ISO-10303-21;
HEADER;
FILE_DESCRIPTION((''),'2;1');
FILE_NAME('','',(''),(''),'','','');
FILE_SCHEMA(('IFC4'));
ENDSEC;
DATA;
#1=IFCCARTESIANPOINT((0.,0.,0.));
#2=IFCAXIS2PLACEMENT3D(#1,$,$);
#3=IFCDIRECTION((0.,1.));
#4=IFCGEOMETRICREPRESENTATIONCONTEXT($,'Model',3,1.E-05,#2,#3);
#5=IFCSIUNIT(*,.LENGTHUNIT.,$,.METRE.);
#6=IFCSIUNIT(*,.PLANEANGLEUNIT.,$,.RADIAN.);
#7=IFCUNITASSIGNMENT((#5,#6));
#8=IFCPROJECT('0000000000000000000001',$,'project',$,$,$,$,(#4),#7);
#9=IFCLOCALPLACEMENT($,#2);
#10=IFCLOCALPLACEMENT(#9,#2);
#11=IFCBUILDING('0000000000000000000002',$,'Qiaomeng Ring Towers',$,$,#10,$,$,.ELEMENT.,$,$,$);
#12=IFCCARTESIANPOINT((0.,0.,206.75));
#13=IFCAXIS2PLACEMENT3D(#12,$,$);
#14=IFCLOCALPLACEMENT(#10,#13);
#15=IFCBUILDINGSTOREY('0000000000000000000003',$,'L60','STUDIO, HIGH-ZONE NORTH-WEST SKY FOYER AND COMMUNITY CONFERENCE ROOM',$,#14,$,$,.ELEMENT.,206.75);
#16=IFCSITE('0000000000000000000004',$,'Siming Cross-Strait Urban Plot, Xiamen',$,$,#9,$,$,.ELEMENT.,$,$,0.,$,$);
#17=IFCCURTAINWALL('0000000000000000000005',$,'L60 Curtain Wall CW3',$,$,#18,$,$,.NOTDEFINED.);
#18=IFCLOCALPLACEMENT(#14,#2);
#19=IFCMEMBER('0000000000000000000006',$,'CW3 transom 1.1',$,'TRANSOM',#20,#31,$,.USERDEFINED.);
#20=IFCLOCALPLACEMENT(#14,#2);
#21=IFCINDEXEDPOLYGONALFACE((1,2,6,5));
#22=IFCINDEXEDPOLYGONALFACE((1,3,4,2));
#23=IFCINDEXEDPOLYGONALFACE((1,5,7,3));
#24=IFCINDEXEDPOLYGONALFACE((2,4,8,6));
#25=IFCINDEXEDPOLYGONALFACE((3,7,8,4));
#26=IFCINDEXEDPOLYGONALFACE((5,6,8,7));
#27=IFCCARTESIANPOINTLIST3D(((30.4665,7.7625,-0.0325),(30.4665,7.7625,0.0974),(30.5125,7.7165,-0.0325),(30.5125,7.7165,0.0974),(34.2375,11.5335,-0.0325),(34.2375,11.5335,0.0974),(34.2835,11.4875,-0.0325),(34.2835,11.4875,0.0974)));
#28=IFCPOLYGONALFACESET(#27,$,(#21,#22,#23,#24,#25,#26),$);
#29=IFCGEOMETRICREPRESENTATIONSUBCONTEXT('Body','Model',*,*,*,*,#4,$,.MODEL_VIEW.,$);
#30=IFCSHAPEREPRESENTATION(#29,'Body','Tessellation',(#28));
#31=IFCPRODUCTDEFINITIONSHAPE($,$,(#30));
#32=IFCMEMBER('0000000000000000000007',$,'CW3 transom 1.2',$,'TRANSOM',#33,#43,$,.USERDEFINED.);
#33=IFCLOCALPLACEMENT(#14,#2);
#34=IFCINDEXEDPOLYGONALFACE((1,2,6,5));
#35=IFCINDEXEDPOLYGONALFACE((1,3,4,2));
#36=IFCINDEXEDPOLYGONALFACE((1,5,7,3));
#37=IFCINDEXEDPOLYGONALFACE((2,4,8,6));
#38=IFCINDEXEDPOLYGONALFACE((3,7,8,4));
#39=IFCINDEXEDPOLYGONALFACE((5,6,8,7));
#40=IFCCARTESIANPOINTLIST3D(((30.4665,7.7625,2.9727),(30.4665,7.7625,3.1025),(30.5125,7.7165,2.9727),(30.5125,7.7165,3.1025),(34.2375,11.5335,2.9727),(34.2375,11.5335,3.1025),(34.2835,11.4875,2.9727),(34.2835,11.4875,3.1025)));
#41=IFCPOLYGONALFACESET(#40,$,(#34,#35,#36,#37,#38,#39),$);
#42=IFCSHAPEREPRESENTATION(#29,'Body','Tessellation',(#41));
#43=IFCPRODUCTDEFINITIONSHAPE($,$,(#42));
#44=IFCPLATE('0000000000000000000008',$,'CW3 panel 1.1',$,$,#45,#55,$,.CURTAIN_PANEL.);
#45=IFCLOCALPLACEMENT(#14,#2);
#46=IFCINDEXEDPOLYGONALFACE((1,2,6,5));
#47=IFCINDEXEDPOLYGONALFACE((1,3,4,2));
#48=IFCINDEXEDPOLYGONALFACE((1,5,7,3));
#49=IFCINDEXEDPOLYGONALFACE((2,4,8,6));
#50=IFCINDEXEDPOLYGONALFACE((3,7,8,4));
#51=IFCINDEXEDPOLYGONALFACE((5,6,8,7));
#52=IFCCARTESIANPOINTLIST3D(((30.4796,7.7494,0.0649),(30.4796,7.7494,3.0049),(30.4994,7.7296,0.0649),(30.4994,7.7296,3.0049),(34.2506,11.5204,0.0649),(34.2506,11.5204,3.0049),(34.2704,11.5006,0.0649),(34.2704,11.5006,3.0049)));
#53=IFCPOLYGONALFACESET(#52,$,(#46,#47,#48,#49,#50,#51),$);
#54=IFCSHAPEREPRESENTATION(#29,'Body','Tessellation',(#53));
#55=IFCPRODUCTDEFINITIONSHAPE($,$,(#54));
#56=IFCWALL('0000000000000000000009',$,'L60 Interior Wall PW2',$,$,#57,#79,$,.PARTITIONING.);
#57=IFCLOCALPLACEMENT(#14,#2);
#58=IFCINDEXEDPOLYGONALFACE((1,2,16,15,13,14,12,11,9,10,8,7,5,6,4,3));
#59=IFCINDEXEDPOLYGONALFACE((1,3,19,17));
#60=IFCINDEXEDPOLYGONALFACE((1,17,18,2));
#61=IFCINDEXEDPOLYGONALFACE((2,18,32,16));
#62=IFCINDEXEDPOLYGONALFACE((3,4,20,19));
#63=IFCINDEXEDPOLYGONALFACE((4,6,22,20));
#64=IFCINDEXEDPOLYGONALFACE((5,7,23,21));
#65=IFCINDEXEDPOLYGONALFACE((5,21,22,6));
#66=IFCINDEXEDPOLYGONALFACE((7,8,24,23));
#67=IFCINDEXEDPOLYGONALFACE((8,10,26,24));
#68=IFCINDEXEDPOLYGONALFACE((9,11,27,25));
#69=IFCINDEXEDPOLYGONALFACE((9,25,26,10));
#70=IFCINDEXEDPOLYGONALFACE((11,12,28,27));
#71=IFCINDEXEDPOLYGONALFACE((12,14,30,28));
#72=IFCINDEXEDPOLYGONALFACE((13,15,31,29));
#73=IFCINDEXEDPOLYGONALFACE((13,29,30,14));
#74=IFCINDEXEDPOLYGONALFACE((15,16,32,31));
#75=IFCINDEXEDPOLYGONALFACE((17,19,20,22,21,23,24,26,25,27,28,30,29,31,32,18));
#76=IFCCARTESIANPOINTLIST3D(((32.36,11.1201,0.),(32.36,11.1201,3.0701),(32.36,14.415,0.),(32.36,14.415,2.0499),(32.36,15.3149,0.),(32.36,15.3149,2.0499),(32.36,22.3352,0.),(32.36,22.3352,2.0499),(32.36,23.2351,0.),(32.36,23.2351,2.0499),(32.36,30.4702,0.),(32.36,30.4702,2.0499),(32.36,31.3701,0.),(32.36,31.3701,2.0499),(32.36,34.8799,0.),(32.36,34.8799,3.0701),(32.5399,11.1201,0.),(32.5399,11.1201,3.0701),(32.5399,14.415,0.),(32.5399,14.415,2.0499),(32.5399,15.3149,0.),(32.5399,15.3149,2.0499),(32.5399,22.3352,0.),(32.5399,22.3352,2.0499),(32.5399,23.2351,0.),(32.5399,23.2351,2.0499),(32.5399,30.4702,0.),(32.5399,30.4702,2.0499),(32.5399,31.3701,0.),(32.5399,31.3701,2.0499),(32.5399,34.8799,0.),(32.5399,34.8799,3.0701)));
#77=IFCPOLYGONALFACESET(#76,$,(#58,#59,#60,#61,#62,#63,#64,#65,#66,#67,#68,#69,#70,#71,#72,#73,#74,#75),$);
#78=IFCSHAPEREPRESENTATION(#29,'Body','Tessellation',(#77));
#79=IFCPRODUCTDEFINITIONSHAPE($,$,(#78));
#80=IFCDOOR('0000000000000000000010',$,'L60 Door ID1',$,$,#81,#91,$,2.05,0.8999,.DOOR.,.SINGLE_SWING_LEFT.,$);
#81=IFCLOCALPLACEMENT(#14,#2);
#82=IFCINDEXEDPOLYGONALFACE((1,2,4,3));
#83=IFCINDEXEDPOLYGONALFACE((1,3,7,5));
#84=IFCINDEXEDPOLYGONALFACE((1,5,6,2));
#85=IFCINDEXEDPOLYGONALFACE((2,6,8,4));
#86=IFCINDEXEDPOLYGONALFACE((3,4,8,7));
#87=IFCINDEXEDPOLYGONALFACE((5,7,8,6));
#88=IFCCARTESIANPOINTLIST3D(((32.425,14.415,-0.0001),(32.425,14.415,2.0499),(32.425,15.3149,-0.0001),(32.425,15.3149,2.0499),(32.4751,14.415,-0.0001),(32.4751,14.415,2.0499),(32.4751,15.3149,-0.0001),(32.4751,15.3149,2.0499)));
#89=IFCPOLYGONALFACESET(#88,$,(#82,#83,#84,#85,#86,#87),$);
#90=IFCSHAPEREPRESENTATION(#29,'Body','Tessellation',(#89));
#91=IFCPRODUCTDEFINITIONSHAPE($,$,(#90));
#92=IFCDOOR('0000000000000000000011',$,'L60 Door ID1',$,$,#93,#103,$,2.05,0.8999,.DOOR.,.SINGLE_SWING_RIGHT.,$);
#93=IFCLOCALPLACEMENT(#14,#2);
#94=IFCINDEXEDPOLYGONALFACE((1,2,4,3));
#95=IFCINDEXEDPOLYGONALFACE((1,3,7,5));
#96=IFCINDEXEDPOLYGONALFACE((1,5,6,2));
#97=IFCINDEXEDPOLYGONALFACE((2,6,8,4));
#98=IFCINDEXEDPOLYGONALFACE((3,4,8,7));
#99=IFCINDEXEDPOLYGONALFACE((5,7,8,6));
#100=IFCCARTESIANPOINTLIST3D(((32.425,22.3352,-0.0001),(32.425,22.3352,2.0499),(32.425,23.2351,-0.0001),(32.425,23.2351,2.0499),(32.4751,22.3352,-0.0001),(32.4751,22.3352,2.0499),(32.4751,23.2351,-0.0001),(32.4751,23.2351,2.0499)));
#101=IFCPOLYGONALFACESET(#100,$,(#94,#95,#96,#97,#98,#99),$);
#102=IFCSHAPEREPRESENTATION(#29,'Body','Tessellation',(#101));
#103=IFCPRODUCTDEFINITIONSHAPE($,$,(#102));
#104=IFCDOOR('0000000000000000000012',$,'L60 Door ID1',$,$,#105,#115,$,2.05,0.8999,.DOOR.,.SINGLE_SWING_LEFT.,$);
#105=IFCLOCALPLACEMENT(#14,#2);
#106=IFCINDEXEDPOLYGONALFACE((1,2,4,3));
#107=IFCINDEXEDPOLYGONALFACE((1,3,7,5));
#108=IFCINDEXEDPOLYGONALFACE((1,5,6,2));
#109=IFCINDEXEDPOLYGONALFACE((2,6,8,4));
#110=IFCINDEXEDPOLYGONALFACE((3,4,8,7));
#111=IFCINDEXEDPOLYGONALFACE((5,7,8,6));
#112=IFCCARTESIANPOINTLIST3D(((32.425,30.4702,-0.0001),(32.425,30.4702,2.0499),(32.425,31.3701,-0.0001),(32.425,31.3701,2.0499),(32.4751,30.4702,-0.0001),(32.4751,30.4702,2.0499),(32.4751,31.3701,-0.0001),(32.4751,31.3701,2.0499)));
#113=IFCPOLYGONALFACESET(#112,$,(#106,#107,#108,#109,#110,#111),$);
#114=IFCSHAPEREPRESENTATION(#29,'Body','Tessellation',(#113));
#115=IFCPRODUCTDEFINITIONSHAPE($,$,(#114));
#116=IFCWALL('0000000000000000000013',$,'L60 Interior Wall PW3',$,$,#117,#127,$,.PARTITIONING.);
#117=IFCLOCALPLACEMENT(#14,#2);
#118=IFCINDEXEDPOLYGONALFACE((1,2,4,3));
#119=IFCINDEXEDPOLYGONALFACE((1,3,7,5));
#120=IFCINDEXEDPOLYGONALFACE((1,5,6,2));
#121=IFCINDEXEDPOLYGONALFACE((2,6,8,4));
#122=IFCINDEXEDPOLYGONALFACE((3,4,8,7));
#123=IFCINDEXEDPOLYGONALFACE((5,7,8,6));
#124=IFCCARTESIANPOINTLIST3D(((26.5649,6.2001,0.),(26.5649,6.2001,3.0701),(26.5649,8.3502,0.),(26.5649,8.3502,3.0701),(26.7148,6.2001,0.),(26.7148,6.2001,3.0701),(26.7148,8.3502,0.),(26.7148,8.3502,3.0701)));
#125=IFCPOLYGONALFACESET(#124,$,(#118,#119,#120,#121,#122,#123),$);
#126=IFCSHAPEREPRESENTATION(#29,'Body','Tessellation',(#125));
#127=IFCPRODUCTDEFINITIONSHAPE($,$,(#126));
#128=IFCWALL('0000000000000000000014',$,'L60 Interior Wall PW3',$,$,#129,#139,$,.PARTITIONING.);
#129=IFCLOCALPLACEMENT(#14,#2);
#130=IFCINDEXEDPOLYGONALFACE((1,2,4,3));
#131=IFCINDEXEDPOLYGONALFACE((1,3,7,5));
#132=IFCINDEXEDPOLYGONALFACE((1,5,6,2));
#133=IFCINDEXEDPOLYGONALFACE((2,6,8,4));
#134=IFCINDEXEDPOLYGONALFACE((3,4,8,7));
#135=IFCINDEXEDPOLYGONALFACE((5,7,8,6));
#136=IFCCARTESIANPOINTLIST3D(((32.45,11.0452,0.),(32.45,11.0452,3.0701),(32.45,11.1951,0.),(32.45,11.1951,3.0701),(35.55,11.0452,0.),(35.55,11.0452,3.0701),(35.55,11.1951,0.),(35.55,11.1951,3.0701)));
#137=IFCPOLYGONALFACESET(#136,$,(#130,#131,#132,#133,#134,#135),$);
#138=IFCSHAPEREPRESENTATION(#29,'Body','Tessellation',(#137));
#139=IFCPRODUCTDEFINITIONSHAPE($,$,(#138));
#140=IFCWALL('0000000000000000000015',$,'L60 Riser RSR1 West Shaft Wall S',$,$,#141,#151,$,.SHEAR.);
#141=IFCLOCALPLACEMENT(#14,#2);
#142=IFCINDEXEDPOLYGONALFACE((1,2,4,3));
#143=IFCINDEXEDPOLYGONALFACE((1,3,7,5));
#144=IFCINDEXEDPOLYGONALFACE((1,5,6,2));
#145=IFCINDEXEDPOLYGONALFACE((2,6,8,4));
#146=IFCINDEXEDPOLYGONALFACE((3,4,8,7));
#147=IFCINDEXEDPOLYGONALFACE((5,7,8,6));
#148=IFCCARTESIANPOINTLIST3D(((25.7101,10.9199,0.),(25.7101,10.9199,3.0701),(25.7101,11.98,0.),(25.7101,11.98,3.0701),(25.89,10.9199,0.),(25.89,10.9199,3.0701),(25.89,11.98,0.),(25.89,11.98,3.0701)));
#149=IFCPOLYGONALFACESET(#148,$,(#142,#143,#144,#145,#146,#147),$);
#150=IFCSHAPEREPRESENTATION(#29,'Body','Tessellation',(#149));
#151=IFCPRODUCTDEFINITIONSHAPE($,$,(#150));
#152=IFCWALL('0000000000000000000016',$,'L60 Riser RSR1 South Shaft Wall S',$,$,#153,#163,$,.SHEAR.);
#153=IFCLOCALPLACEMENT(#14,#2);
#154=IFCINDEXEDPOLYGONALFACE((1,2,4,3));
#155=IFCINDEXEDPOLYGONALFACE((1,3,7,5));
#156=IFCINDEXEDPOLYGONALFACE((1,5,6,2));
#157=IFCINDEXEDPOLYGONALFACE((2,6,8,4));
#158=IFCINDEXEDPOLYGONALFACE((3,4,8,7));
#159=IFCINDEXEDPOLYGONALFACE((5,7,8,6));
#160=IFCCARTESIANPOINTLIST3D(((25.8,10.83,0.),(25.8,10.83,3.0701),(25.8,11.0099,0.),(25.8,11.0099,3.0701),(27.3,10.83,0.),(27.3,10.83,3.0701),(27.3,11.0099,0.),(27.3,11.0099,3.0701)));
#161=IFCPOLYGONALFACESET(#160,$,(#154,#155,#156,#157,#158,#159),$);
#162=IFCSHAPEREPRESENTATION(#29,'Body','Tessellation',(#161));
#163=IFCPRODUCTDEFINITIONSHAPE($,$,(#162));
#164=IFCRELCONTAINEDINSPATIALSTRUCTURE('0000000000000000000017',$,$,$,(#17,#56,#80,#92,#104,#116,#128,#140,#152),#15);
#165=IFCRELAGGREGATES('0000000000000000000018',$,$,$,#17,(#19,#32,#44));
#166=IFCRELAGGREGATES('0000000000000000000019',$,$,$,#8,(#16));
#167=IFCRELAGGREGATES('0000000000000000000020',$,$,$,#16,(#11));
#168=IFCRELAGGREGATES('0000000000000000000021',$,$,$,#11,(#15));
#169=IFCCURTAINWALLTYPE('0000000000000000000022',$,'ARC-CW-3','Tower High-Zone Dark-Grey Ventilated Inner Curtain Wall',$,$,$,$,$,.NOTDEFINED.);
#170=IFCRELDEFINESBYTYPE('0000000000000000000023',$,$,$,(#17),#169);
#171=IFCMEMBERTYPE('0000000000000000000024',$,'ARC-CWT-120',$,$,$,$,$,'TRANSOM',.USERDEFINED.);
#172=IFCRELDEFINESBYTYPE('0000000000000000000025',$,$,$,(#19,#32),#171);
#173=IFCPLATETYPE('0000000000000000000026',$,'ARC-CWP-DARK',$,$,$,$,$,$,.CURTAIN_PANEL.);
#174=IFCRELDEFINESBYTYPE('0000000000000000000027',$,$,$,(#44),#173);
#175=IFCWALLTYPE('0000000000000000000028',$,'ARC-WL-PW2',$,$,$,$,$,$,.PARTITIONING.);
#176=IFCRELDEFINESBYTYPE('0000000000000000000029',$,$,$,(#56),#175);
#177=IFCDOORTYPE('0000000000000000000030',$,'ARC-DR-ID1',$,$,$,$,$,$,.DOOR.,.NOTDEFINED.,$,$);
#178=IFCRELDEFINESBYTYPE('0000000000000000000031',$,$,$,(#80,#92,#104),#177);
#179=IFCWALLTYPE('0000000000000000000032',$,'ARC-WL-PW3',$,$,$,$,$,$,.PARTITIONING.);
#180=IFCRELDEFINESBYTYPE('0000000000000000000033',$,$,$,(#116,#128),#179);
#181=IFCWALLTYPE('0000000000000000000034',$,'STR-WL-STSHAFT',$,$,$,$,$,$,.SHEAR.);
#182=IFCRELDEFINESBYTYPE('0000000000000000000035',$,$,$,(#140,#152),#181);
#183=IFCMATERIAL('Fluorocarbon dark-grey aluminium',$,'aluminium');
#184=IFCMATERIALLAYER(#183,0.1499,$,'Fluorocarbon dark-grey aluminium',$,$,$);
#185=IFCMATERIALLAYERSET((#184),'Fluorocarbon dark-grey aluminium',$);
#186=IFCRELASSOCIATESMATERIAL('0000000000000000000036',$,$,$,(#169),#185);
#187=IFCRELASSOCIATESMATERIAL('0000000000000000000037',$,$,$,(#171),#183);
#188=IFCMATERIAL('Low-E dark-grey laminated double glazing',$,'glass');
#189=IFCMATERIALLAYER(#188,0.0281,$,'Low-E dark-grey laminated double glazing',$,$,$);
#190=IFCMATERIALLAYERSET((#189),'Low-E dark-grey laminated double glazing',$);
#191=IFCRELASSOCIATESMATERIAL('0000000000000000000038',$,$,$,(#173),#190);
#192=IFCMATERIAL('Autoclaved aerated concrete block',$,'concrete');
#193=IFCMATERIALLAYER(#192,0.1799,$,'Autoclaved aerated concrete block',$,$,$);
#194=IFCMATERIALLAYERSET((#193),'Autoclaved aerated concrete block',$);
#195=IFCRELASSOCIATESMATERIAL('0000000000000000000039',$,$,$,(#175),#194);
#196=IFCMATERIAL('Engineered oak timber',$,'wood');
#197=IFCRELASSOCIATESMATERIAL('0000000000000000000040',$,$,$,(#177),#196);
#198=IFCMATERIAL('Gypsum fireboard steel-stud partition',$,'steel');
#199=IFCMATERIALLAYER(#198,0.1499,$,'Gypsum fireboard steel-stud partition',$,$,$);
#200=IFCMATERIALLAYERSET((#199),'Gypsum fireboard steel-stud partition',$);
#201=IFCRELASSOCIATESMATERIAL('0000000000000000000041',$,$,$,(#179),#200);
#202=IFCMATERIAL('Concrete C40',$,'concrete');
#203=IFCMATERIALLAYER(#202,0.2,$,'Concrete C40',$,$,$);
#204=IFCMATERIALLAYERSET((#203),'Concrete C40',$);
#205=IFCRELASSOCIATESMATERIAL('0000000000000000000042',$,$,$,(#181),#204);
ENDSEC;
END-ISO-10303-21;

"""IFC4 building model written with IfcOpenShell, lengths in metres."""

from ifc_helpers import new_model, si_unit, direction, frame, frame_2d, origin, origin_2d, place, context, subcontext, project, spatial, rectangle, extrude, source, transform, mapped, material, layer, layer_set, material_profile, profile_set, type_object, element, fill, aggregate, save


model = new_model("IFC4")

# Units and contexts
model_context = context("Model", 3, precision=1e-05, world=origin(), true_north=direction((0.0, 1.0)))
body_context = subcontext(model_context, "Body", "Model", "MODEL_VIEW")
ifc_project = project(units=[si_unit("LENGTHUNIT", "METRE"), si_unit("PLANEANGLEUNIT", "RADIAN")], contexts=[model_context])

# Site, building, storey
site_placement = place(None, origin())
site = spatial("IfcSite", under=ifc_project, at=site_placement, Name="Siming Cross-Strait Urban Plot, Xiamen", CompositionType="ELEMENT", RefElevation=0.0)
building_placement = place(site_placement, origin())
building = spatial("IfcBuilding", under=site, at=building_placement, Name="Qiaomeng Ring Towers", CompositionType="ELEMENT")
storey_placement = place(building_placement, frame((0.0, 0.0, 206.75)))
storey = spatial("IfcBuildingStorey", under=building, at=storey_placement, Name="L60", Description="STUDIO, HIGH-ZONE NORTH-WEST SKY FOYER AND COMMUNITY CONFERENCE ROOM", CompositionType="ELEMENT", Elevation=206.75)

# Shared definitions
ifc_material_1 = material(Name="Concrete C40", Category="concrete")

# Curtain wall, members, plate
ifc_material_2 = material(Name="Fluorocarbon dark-grey aluminium", Category="aluminium")
ifc_layer_1 = layer(ifc_material_2, 0.1499, Name="Fluorocarbon dark-grey aluminium")
ifc_layer_set_1 = layer_set([ifc_layer_1], Name="Fluorocarbon dark-grey aluminium")
curtain_wall_type = type_object("IfcCurtainWallType", Name="ARC-CW-3", Description="Tower High-Zone Dark-Grey Ventilated Inner Curtain Wall", PredefinedType="NOTDEFINED", material=ifc_layer_set_1)
curtain_wall_placement = place(storey_placement, origin())
curtain_wall = element("IfcCurtainWall", 1, at=curtain_wall_placement, inside=storey, type_object=curtain_wall_type, Name="L60 Curtain Wall CW3", PredefinedType="NOTDEFINED")
ifc_material_profile_1 = material_profile(ifc_material_2, rectangle(XDim=0.0649, YDim=0.1299, at=origin_2d()), Name="ALU TRAN 65x130")
ifc_profile_set_1 = profile_set([ifc_material_profile_1], Name="Fluorocarbon dark-grey aluminium")
member_type_1 = type_object("IfcMemberType", Name="ARC-CWT-120", ElementType="TRANSOM", PredefinedType="USERDEFINED", material=ifc_profile_set_1)
shared_shape_1 = source(origin(), body_context, "Body", "SweptSolid", [
    extrude(rectangle(XDim=0.0649, YDim=0.1299, at=origin_2d()), origin(), (0.0, 0.0, 1.0), 5.333),
])
member_1_placement = place(storey_placement, frame((30.4895, 7.7395, 0.0325), z_axis=(0.707107, 0.707107, 0.0), x_axis=(-0.707107, 0.707107, 0.0)))
member_1 = element("IfcMember", 2, at=member_1_placement, type_object=member_type_1, Name="CW3 transom 1.1", ObjectType="TRANSOM", PredefinedType="USERDEFINED", context=body_context, shape_type="MappedRepresentation", body=[
    mapped(shared_shape_1, transform((0.0, 0.0, 0.0), x_axis=(1.0, 0.0, 0.0), y_axis=(0.0, 1.0, 0.0), z_axis=(0.0, 0.0, 1.0), scale=1.0)),
])
member_2_placement = place(storey_placement, frame((30.4895, 7.7395, 3.0376), z_axis=(0.707107, 0.707107, 0.0), x_axis=(-0.707107, 0.707107, 0.0)))
member_2 = element("IfcMember", 3, at=member_2_placement, type_object=member_type_1, Name="CW3 transom 1.2", ObjectType="TRANSOM", PredefinedType="USERDEFINED", context=body_context, shape_type="MappedRepresentation", body=[
    mapped(shared_shape_1, transform((0.0, 0.0, 0.0), x_axis=(1.0, 0.0, 0.0), y_axis=(0.0, 1.0, 0.0), z_axis=(0.0, 0.0, 1.0), scale=1.0)),
])
ifc_material_3 = material(Name="Low-E dark-grey laminated double glazing", Category="glass")
ifc_layer_2 = layer(ifc_material_3, 0.0281, Name="Low-E dark-grey laminated double glazing")
ifc_layer_set_2 = layer_set([ifc_layer_2], Name="Low-E dark-grey laminated double glazing")
plate_type = type_object("IfcPlateType", Name="ARC-CWP-DARK", PredefinedType="CURTAIN_PANEL", material=ifc_layer_set_2)
shared_shape_2 = source(origin(), body_context, "Body", "SweptSolid", [
    extrude(rectangle(XDim=5.333, YDim=0.0281, at=origin_2d()), origin(), (0.0, 0.0, 1.0), 2.9399),
])
plate_placement = place(storey_placement, frame((32.375, 9.625, 0.0649), z_axis=(0.0, 0.0, 1.0), x_axis=(0.707107, 0.707107, 0.0)))
plate = element("IfcPlate", 4, at=plate_placement, type_object=plate_type, Name="CW3 panel 1.1", PredefinedType="CURTAIN_PANEL", context=body_context, shape_type="MappedRepresentation", body=[
    mapped(shared_shape_2, transform((0.0, 0.0, 0.0), x_axis=(1.0, 0.0, 0.0), y_axis=(0.0, 1.0, 0.0), z_axis=(0.0, 0.0, 1.0), scale=1.0)),
])
aggregate(curtain_wall, [member_1, member_2, plate])

# Wall, openings, doors
ifc_material_4 = material(Name="Autoclaved aerated concrete block", Category="concrete")
ifc_layer_3 = layer(ifc_material_4, 0.1799, Name="Autoclaved aerated concrete block")
ifc_layer_set_3 = layer_set([ifc_layer_3], Name="Autoclaved aerated concrete block")
wall_type_1 = type_object("IfcWallType", Name="ARC-WL-PW2", PredefinedType="PARTITIONING", material=ifc_layer_set_3)
wall_1_placement = place(storey_placement, frame((32.45, 11.1201, 0.0), z_axis=(0.0, 0.0, 1.0), x_axis=(0.0, 1.0, 0.0)))
wall_1 = element("IfcWall", 5, at=wall_1_placement, inside=storey, type_object=wall_type_1, Name="L60 Interior Wall PW2", PredefinedType="PARTITIONING", context=body_context, shape_type="SweptSolid", body=[
    extrude(rectangle(XDim=23.7598, YDim=0.1799, at=frame_2d((11.8799, 0.0))), origin(), (0.0, 0.0, 1.0), 3.0701),
])
opening_1_placement = place(wall_1_placement, frame((3.2949, 0.0, 0.0)))
opening_1 = element("IfcOpeningElement", 6, at=opening_1_placement, cuts=wall_1, PredefinedType="OPENING", context=body_context, shape_type="SweptSolid", body=[
    extrude(rectangle(XDim=0.8999, YDim=2.05, at=frame_2d((0.45, 1.0249))), frame((0.0, 0.0999, 0.0), z_axis=(0.0, -1.0, 0.0), x_axis=(1.0, 0.0, 0.0)), (0.0, 0.0, 1.0), 0.2),
])
opening_2_placement = place(wall_1_placement, frame((11.2151, 0.0, 0.0)))
opening_2 = element("IfcOpeningElement", 7, at=opening_2_placement, cuts=wall_1, PredefinedType="OPENING", context=body_context, shape_type="SweptSolid", body=[
    extrude(rectangle(XDim=0.8999, YDim=2.05, at=frame_2d((0.45, 1.0249))), frame((0.0, 0.0999, 0.0), z_axis=(0.0, -1.0, 0.0), x_axis=(1.0, 0.0, 0.0)), (0.0, 0.0, 1.0), 0.2),
])
opening_3_placement = place(wall_1_placement, frame((19.3501, 0.0, 0.0)))
opening_3 = element("IfcOpeningElement", 8, at=opening_3_placement, cuts=wall_1, PredefinedType="OPENING", context=body_context, shape_type="SweptSolid", body=[
    extrude(rectangle(XDim=0.8999, YDim=2.05, at=frame_2d((0.45, 1.0249))), frame((0.0, 0.0999, 0.0), z_axis=(0.0, -1.0, 0.0), x_axis=(1.0, 0.0, 0.0)), (0.0, 0.0, 1.0), 0.2),
])
ifc_material_5 = material(Name="Engineered oak timber", Category="wood")
door_type_1 = type_object("IfcDoorType", Name="ARC-DR-ID1", OperationType="NOTDEFINED", PredefinedType="DOOR", material=ifc_material_5)
shared_shape_3 = source(origin(), body_context, "Body", "SweptSolid", [
    extrude(rectangle(XDim=0.8999, YDim=2.05, at=frame_2d((0.45, 1.0249))), frame((0.0, 0.0249, 0.0), z_axis=(0.0, -1.0, 0.0), x_axis=(1.0, 0.0, 0.0)), (0.0, 0.0, 1.0), 0.05),
])
door_1_placement = place(opening_1_placement, origin())
door_1 = element("IfcDoor", 9, at=door_1_placement, inside=storey, type_object=door_type_1, Name="L60 Door ID1", OperationType="SINGLE_SWING_LEFT", OverallHeight=2.05, OverallWidth=0.8999, PredefinedType="DOOR", context=body_context, shape_type="MappedRepresentation", body=[
    mapped(shared_shape_3, transform((0.0, 0.0, 0.0), x_axis=(1.0, 0.0, 0.0), y_axis=(0.0, 1.0, 0.0), z_axis=(0.0, 0.0, 1.0), scale=1.0)),
])
fill(opening_1, door_1)
door_2_placement = place(opening_2_placement, origin())
door_2 = element("IfcDoor", 10, at=door_2_placement, inside=storey, type_object=door_type_1, Name="L60 Door ID1", OperationType="SINGLE_SWING_RIGHT", OverallHeight=2.05, OverallWidth=0.8999, PredefinedType="DOOR", context=body_context, shape_type="MappedRepresentation", body=[
    mapped(shared_shape_3, transform((0.0, 0.0, 0.0), x_axis=(1.0, 0.0, 0.0), y_axis=(0.0, 1.0, 0.0), z_axis=(0.0, 0.0, 1.0), scale=1.0)),
])
fill(opening_2, door_2)
door_3_placement = place(opening_3_placement, origin())
door_3 = element("IfcDoor", 11, at=door_3_placement, inside=storey, type_object=door_type_1, Name="L60 Door ID1", OperationType="SINGLE_SWING_LEFT", OverallHeight=2.05, OverallWidth=0.8999, PredefinedType="DOOR", context=body_context, shape_type="MappedRepresentation", body=[
    mapped(shared_shape_3, transform((0.0, 0.0, 0.0), x_axis=(1.0, 0.0, 0.0), y_axis=(0.0, 1.0, 0.0), z_axis=(0.0, 0.0, 1.0), scale=1.0)),
])
fill(opening_3, door_3)

# Walls
ifc_material_6 = material(Name="Gypsum fireboard steel-stud partition", Category="steel")
ifc_layer_4 = layer(ifc_material_6, 0.1499, Name="Gypsum fireboard steel-stud partition")
ifc_layer_set_4 = layer_set([ifc_layer_4], Name="Gypsum fireboard steel-stud partition")
wall_type_2 = type_object("IfcWallType", Name="ARC-WL-PW3", PredefinedType="PARTITIONING", material=ifc_layer_set_4)
wall_2_placement = place(storey_placement, frame((26.6399, 6.2, 0.0), z_axis=(0.0, 0.0, 1.0), x_axis=(0.0, 1.0, 0.0)))
element("IfcWall", 12, at=wall_2_placement, inside=storey, type_object=wall_type_2, Name="L60 Interior Wall PW3", PredefinedType="PARTITIONING", context=body_context, shape_type="SweptSolid", body=[
    extrude(rectangle(XDim=2.1501, YDim=0.1499, at=frame_2d((1.0752, 0.0))), origin(), (0.0, 0.0, 1.0), 3.0701),
])
wall_3_placement = place(storey_placement, frame((32.45, 11.1201, 0.0), z_axis=(0.0, 0.0, 1.0), x_axis=(1.0, 0.0, 0.0)))
element("IfcWall", 13, at=wall_3_placement, inside=storey, type_object=wall_type_2, Name="L60 Interior Wall PW3", PredefinedType="PARTITIONING", context=body_context, shape_type="SweptSolid", body=[
    extrude(rectangle(XDim=3.1001, YDim=0.1499, at=frame_2d((1.55, 0.0))), origin(), (0.0, 0.0, 1.0), 3.0701),
])
ifc_layer_5 = layer(ifc_material_1, 0.2, Name="Concrete C40")
ifc_layer_set_5 = layer_set([ifc_layer_5], Name="Concrete C40")
wall_type_3 = type_object("IfcWallType", Name="STR-WL-STSHAFT", PredefinedType="SHEAR", material=ifc_layer_set_5)
wall_4_placement = place(storey_placement, frame((25.8, 10.9199, 0.0), z_axis=(0.0, 0.0, 1.0), x_axis=(0.0, 1.0, 0.0)))
element("IfcWall", 14, at=wall_4_placement, inside=storey, type_object=wall_type_3, Name="L60 Riser RSR1 West Shaft Wall S", PredefinedType="SHEAR", context=body_context, shape_type="SweptSolid", body=[
    extrude(rectangle(XDim=1.0601, YDim=0.1799, at=frame_2d((0.53, 0.0))), origin(), (0.0, 0.0, 1.0), 3.0701),
])
wall_5_placement = place(storey_placement, frame((25.8, 10.9199, 0.0), z_axis=(0.0, 0.0, 1.0), x_axis=(1.0, 0.0, 0.0)))
element("IfcWall", 15, at=wall_5_placement, inside=storey, type_object=wall_type_3, Name="L60 Riser RSR1 South Shaft Wall S", PredefinedType="SHEAR", context=body_context, shape_type="SweptSolid", body=[
    extrude(rectangle(XDim=1.5, YDim=0.1799, at=frame_2d((0.75, 0.0))), origin(), (0.0, 0.0, 1.0), 3.0701),
])

save(model, "model.ifc")
